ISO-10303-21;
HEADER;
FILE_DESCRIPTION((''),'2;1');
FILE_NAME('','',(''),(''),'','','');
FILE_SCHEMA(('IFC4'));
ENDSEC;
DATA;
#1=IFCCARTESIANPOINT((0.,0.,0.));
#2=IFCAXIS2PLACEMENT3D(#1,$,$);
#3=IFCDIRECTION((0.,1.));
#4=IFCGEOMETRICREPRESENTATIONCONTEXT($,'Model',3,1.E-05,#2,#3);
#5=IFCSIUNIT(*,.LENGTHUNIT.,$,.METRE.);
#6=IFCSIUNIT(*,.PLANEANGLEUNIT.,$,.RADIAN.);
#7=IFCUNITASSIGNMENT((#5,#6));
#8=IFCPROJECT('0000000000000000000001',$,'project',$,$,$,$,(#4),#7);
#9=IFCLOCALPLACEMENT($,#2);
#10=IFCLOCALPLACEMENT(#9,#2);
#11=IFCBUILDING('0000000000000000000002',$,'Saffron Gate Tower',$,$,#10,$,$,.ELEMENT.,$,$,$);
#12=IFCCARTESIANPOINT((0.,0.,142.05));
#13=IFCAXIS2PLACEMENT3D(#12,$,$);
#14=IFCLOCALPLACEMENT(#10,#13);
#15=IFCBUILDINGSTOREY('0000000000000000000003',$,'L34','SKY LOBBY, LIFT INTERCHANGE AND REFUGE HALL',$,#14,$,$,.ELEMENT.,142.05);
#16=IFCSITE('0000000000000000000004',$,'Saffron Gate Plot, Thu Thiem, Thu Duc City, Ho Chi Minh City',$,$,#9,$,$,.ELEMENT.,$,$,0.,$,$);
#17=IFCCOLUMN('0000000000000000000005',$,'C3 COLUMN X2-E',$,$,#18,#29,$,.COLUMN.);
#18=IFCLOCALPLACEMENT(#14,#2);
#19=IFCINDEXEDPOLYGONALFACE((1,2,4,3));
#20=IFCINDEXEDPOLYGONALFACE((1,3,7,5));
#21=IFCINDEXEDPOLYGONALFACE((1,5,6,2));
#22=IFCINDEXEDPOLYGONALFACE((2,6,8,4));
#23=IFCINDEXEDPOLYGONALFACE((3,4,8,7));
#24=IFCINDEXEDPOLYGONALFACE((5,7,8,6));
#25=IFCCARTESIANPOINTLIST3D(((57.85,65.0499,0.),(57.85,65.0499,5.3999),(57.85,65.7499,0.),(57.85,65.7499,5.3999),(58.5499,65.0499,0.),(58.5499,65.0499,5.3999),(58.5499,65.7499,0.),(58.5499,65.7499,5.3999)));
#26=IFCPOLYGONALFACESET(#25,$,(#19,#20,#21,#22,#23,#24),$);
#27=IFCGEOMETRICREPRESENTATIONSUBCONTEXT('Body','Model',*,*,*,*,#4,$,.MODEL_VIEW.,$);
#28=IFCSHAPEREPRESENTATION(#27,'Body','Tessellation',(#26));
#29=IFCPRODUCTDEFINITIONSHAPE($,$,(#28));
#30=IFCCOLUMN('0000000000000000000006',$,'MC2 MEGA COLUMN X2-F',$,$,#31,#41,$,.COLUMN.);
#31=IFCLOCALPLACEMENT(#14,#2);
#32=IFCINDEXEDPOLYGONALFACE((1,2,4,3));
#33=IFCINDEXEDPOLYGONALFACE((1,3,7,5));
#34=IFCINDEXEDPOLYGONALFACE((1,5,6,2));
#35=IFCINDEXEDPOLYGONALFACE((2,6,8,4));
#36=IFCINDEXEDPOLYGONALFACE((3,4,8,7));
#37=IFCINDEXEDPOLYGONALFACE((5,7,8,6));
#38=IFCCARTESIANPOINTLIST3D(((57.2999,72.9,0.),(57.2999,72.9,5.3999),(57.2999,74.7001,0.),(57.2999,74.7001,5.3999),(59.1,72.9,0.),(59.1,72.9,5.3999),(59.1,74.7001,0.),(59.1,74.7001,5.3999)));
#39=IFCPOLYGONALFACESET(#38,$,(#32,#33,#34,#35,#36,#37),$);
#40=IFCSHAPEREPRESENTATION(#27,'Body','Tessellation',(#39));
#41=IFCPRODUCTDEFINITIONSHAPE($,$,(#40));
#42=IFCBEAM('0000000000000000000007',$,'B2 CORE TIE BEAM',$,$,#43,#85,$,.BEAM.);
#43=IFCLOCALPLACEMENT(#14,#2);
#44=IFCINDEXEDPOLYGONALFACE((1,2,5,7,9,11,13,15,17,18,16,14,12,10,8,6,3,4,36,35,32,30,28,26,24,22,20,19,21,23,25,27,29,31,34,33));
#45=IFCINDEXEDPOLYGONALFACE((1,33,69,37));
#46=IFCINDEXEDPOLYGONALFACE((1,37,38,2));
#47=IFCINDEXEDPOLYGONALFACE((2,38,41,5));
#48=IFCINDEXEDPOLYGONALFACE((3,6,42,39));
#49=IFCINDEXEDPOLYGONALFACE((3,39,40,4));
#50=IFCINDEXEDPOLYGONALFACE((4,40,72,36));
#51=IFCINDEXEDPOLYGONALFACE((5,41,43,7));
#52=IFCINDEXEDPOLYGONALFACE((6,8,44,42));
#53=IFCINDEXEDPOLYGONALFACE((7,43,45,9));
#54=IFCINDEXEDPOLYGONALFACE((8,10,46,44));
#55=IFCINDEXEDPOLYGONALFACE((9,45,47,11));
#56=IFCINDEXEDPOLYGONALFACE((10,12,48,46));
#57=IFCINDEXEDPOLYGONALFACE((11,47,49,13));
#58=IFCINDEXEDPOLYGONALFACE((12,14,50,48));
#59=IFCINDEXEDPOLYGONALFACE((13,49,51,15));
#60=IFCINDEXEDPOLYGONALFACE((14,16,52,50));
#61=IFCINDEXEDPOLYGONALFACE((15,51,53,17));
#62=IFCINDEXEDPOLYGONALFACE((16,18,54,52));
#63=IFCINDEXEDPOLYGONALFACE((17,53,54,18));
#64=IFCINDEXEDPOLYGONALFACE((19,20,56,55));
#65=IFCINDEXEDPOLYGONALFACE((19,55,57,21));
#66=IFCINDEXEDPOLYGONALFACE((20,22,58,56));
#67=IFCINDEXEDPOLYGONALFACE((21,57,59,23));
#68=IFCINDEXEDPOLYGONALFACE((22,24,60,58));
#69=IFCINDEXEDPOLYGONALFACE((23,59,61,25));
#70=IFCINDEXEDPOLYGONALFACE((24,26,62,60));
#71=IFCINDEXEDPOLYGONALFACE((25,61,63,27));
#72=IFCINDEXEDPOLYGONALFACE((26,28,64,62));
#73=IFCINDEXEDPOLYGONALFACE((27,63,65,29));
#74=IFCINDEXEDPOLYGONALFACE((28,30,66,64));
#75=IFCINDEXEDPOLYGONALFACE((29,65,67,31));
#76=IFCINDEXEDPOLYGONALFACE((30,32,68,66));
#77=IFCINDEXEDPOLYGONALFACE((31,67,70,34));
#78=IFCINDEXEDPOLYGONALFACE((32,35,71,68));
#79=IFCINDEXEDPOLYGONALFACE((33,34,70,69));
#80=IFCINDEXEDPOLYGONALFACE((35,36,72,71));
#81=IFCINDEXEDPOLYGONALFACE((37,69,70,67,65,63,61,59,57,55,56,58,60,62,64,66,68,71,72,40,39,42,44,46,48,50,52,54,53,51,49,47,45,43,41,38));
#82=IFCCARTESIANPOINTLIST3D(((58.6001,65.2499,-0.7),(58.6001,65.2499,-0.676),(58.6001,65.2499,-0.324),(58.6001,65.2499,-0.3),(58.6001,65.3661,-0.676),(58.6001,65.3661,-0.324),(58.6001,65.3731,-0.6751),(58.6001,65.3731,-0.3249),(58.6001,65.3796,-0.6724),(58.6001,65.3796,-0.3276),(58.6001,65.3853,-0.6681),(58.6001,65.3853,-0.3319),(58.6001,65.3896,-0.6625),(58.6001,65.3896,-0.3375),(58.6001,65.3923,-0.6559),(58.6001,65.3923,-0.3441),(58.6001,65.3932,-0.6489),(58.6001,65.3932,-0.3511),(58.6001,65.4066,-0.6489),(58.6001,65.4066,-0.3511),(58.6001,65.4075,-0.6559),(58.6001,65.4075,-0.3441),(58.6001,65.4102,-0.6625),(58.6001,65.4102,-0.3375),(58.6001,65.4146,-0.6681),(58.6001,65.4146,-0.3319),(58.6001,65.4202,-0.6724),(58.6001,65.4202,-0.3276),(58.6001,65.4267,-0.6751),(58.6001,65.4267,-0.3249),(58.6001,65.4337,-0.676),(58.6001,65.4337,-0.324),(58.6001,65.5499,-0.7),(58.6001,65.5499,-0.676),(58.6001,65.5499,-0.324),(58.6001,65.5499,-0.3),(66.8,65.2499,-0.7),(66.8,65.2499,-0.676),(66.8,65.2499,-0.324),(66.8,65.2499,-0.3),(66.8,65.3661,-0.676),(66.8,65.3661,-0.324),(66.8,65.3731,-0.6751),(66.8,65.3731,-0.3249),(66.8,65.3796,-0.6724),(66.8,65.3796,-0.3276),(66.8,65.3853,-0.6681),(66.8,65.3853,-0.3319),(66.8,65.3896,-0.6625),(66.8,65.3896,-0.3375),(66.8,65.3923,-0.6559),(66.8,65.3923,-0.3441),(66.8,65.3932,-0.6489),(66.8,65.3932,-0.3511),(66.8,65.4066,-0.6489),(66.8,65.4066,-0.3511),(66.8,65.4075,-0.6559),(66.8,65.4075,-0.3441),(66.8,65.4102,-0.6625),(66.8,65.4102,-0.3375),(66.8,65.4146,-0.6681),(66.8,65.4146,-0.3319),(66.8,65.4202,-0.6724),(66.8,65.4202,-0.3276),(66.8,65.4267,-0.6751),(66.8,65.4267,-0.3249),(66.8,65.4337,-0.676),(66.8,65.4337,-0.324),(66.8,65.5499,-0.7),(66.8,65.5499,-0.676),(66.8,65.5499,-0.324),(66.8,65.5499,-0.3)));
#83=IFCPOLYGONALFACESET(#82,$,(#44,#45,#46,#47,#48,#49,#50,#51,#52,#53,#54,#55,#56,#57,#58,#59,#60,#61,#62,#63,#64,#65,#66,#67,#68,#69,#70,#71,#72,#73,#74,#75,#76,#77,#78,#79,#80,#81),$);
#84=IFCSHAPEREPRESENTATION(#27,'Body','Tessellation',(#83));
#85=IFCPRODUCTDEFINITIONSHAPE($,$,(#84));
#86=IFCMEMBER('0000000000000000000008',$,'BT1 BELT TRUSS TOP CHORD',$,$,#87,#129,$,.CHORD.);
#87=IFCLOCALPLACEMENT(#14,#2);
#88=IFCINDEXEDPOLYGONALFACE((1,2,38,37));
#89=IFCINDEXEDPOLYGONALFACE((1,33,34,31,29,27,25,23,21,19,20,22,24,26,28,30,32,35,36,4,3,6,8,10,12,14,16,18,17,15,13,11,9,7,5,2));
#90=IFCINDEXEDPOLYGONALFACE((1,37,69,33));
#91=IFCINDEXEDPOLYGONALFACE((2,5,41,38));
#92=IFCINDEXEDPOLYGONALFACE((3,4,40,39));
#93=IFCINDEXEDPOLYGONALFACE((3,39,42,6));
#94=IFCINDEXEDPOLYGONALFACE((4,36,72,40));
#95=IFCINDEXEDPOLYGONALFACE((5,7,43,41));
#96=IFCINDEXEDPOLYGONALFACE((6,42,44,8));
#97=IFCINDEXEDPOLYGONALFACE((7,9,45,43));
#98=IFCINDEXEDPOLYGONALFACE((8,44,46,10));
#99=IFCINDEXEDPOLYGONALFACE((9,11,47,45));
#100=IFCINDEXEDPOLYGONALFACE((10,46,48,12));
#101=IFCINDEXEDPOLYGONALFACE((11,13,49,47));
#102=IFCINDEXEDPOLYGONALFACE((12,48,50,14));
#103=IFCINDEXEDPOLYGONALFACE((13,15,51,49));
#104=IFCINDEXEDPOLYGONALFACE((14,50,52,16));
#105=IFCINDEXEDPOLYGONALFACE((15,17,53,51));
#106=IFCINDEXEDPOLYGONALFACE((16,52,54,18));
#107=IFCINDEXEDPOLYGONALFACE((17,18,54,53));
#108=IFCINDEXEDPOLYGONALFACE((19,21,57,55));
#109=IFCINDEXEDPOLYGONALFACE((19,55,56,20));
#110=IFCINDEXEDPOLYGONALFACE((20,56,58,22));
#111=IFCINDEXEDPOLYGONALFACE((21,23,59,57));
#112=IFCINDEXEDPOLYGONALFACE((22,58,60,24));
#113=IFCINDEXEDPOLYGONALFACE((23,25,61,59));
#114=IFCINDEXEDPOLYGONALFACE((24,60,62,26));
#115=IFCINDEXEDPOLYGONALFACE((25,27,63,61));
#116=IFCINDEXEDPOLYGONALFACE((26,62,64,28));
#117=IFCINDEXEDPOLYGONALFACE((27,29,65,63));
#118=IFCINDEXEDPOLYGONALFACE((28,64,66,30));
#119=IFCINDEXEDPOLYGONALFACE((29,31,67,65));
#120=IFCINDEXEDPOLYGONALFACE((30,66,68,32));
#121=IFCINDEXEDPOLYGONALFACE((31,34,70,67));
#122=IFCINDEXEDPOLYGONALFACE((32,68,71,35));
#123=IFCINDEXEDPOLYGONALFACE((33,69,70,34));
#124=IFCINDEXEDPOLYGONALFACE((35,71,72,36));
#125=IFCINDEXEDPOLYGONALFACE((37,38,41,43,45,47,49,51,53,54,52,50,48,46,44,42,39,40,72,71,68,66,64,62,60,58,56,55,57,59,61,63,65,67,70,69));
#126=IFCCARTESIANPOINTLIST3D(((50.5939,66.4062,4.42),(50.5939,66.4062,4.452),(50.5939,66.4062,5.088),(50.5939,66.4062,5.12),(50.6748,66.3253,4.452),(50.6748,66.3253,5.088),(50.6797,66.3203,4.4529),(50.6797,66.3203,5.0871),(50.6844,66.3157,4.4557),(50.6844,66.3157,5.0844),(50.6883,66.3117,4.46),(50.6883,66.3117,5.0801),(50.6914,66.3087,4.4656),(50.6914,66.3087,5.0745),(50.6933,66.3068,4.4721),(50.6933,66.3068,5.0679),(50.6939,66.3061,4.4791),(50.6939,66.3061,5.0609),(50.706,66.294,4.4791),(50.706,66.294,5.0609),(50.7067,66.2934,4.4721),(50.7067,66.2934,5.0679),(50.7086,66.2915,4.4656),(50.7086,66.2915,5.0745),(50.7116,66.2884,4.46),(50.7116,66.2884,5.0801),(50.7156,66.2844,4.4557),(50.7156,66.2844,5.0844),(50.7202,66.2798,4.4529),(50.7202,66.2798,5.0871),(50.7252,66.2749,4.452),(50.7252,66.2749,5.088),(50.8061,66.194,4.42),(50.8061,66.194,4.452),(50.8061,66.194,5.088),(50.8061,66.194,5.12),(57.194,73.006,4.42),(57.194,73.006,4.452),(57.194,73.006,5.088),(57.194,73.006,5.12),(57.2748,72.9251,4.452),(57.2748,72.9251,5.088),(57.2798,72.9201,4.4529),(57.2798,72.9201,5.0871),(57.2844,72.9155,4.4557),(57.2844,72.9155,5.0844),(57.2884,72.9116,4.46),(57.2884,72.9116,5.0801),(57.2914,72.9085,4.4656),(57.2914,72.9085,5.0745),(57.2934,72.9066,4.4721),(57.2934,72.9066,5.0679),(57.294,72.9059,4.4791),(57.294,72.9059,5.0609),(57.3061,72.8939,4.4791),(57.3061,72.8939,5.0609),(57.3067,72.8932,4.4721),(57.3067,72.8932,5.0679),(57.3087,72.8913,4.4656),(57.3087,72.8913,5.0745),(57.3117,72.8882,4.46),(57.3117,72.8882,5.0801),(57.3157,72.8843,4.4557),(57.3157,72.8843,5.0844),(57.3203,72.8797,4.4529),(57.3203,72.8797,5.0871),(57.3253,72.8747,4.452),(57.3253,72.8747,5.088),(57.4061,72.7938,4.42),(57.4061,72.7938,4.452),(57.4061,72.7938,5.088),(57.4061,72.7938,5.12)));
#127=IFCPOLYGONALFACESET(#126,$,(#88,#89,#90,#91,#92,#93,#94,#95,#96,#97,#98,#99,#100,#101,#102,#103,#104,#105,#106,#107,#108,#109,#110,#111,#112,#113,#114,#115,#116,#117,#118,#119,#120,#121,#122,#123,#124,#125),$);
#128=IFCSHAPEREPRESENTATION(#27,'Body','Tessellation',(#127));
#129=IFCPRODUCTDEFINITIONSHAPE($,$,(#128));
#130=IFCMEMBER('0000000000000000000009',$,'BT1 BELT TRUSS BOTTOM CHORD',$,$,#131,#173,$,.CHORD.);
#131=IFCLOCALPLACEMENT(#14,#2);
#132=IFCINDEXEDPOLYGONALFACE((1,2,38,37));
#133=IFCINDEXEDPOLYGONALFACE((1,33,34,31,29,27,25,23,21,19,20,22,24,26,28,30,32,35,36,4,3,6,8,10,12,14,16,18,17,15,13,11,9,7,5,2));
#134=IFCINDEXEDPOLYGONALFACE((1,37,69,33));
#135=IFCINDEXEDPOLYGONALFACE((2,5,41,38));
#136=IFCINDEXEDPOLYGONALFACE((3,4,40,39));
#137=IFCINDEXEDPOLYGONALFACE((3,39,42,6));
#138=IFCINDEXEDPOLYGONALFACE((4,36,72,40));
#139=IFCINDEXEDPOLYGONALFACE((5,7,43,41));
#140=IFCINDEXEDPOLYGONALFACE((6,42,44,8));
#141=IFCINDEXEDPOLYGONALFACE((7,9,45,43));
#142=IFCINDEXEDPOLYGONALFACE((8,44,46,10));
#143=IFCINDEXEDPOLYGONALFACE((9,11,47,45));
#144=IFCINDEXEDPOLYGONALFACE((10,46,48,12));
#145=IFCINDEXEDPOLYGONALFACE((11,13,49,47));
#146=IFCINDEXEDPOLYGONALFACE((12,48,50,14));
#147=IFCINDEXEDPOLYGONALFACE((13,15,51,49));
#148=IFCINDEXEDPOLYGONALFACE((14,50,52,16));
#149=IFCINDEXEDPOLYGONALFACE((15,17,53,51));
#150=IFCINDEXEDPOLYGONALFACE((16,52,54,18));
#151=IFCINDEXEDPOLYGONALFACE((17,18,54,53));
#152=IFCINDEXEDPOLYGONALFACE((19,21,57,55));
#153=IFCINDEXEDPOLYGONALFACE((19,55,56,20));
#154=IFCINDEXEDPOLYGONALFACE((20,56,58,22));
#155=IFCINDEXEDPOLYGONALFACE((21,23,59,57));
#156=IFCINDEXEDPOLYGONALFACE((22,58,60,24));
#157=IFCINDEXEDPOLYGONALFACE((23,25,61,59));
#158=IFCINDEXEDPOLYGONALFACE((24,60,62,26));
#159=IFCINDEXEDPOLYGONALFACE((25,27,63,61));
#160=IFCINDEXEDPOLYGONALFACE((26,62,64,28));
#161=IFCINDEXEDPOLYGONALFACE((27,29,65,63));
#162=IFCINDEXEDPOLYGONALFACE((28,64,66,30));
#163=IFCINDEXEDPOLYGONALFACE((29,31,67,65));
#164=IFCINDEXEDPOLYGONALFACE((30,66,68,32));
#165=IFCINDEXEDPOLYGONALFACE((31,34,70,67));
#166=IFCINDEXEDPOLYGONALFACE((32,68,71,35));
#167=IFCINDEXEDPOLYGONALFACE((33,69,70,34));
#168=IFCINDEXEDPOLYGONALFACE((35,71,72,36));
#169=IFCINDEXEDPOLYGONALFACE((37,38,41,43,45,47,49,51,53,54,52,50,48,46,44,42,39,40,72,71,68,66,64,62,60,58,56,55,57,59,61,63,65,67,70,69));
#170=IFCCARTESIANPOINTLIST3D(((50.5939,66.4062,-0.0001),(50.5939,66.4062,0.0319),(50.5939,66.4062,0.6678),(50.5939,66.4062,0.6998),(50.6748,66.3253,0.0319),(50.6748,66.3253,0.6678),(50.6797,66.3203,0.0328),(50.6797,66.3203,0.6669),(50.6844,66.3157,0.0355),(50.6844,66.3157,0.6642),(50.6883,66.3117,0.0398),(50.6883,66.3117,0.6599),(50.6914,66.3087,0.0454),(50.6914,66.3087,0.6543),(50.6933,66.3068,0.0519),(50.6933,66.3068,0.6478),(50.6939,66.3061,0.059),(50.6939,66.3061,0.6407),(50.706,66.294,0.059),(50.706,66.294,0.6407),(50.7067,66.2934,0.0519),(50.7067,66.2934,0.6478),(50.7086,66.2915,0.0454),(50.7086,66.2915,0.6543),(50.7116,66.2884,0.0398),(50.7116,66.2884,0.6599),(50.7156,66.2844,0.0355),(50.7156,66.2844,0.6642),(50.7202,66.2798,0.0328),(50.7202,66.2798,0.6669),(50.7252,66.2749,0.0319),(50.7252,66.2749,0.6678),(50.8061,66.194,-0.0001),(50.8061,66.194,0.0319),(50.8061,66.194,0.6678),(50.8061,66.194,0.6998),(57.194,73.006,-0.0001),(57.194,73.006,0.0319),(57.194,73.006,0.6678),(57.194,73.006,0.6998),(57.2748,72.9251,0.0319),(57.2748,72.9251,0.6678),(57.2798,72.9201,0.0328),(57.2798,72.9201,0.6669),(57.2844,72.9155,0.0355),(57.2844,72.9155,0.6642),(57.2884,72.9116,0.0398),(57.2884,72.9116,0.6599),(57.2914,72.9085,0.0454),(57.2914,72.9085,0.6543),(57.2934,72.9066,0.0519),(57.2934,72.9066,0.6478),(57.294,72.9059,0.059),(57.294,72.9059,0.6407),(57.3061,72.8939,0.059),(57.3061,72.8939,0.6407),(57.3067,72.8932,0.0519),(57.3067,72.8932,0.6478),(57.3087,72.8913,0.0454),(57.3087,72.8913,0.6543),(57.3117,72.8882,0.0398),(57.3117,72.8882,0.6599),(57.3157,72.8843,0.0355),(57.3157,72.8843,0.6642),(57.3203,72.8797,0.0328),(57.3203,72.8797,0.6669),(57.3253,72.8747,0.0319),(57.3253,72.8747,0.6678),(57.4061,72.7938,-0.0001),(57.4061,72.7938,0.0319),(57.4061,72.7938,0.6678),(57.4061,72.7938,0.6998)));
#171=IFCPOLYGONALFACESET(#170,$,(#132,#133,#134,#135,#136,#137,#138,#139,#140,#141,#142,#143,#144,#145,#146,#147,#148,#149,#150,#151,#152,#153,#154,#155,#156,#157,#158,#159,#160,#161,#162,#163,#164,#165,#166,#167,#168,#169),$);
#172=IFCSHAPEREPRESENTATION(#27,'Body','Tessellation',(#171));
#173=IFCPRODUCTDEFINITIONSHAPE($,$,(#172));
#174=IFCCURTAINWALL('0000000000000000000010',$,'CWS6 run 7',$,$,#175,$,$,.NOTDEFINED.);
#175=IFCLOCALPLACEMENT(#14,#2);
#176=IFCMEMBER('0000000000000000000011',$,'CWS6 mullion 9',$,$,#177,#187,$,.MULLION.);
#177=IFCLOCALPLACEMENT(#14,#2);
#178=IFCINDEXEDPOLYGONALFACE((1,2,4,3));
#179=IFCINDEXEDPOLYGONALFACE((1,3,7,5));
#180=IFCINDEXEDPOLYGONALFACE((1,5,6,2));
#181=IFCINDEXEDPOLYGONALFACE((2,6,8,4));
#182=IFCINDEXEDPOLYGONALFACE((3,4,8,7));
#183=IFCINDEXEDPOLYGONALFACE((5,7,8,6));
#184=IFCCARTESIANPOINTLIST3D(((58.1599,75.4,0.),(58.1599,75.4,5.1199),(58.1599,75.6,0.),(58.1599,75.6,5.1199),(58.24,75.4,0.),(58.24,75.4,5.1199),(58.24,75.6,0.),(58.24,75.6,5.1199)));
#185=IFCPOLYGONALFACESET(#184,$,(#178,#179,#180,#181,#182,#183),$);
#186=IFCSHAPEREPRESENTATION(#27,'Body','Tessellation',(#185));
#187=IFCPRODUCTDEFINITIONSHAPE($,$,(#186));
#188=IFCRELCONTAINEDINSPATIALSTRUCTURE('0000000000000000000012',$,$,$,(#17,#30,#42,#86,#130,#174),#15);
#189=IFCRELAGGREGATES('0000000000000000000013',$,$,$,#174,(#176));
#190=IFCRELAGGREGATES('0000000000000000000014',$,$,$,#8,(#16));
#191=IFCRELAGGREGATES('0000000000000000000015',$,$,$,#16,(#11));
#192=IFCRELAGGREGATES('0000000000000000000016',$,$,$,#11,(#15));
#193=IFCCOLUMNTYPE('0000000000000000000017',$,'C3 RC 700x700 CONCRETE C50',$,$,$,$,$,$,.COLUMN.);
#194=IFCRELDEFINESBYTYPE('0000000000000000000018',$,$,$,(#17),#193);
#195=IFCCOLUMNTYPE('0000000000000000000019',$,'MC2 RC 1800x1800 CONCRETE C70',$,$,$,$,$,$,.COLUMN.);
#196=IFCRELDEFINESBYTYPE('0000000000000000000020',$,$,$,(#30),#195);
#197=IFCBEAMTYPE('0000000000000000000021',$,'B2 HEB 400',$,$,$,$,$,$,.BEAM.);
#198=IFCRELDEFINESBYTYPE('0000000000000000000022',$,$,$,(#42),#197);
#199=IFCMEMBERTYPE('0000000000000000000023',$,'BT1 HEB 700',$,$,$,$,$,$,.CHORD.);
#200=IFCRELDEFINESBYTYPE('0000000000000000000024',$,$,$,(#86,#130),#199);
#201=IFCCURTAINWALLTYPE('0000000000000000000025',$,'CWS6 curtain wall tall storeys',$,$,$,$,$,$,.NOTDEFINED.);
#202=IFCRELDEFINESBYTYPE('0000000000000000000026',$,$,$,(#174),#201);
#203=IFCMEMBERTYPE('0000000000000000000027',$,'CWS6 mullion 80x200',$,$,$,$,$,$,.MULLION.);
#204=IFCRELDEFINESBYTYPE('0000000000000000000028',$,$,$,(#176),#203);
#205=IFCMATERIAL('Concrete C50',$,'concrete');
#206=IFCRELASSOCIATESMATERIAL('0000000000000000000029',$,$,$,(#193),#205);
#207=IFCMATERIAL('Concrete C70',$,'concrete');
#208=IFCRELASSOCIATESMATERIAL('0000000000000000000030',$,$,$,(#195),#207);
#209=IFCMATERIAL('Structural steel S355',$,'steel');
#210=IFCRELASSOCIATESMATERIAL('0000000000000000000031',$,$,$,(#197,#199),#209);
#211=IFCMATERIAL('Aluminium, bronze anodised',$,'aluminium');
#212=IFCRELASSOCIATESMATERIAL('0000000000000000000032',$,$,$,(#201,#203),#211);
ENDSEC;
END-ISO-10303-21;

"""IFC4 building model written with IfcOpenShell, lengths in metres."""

from ifc_helpers import new_model, si_unit, direction, frame, origin, origin_2d, place, context, subcontext, project, spatial, rectangle, i_section, extrude, material, material_profile, profile_set, type_object, element, aggregate, save


model = new_model("IFC4")

# Units and contexts
model_context = context("Model", 3, precision=1e-05, world=origin(), true_north=direction((0.0, 1.0)))
body_context = subcontext(model_context, "Body", "Model", "MODEL_VIEW")
ifc_project = project(units=[si_unit("LENGTHUNIT", "METRE"), si_unit("PLANEANGLEUNIT", "RADIAN")], contexts=[model_context])

# Site, building, storey
site_placement = place(None, origin())
site = spatial("IfcSite", under=ifc_project, at=site_placement, Name="Saffron Gate Plot, Thu Thiem, Thu Duc City, Ho Chi Minh City", CompositionType="ELEMENT", RefElevation=0.0)
building_placement = place(site_placement, origin())
building = spatial("IfcBuilding", under=site, at=building_placement, Name="Saffron Gate Tower", CompositionType="ELEMENT")
storey_placement = place(building_placement, frame((0.0, 0.0, 142.05)))
storey = spatial("IfcBuildingStorey", under=building, at=storey_placement, Name="L34", Description="SKY LOBBY, LIFT INTERCHANGE AND REFUGE HALL", CompositionType="ELEMENT", Elevation=142.05)

# Columns
ifc_material_1 = material(Name="Concrete C50", Category="concrete")
ifc_material_profile_1 = material_profile(ifc_material_1, rectangle(XDim=0.7, YDim=0.7, at=origin_2d()))
ifc_profile_set_1 = profile_set([ifc_material_profile_1], Name="Concrete C50")
column_type_1 = type_object("IfcColumnType", Name="C3 RC 700x700 CONCRETE C50", PredefinedType="COLUMN", material=ifc_profile_set_1)
column_1_placement = place(storey_placement, frame((58.2, 65.3999, 0.0), z_axis=(0.0, 0.0, 1.0), x_axis=(1.0, 0.0, 0.0)))
element("IfcColumn", 1, at=column_1_placement, inside=storey, type_object=column_type_1, Name="C3 COLUMN X2-E", PredefinedType="COLUMN", context=body_context, shape_type="SweptSolid", body=[
    extrude(rectangle(XDim=0.7, YDim=0.7, at=origin_2d()), origin(), (0.0, 0.0, 1.0), 5.3999),
])
ifc_material_2 = material(Name="Concrete C70", Category="concrete")
ifc_material_profile_2 = material_profile(ifc_material_2, rectangle(XDim=1.8, YDim=1.8, at=origin_2d()))
ifc_profile_set_2 = profile_set([ifc_material_profile_2], Name="Concrete C70")
column_type_2 = type_object("IfcColumnType", Name="MC2 RC 1800x1800 CONCRETE C70", PredefinedType="COLUMN", material=ifc_profile_set_2)
column_2_placement = place(storey_placement, frame((58.2, 73.8, 0.0), z_axis=(0.0, 0.0, 1.0), x_axis=(1.0, 0.0, 0.0)))
element("IfcColumn", 2, at=column_2_placement, inside=storey, type_object=column_type_2, Name="MC2 MEGA COLUMN X2-F", PredefinedType="COLUMN", context=body_context, shape_type="SweptSolid", body=[
    extrude(rectangle(XDim=1.8, YDim=1.8, at=origin_2d()), origin(), (0.0, 0.0, 1.0), 5.3999),
])

# Beam
ifc_material_3 = material(Name="Structural steel S355", Category="steel")
ifc_material_profile_3 = material_profile(ifc_material_3, i_section(OverallWidth=0.3, OverallDepth=0.3999, WebThickness=0.0134, FlangeThickness=0.0239, FilletRadius=0.0271, at=origin_2d()))
ifc_profile_set_3 = profile_set([ifc_material_profile_3], Name="Structural steel S355")
beam_type = type_object("IfcBeamType", Name="B2 HEB 400", PredefinedType="BEAM", material=ifc_profile_set_3)
beam_placement = place(storey_placement, frame((58.6001, 65.3999, -0.5), z_axis=(1.0, 0.0, 0.0), x_axis=(0.0, 1.0, 0.0)))
element("IfcBeam", 3, at=beam_placement, inside=storey, type_object=beam_type, Name="B2 CORE TIE BEAM", PredefinedType="BEAM", context=body_context, shape_type="SweptSolid", body=[
    extrude(i_section(OverallWidth=0.3, OverallDepth=0.3999, WebThickness=0.0134, FlangeThickness=0.0239, FilletRadius=0.0271, at=origin_2d()), origin(), (0.0, 0.0, 1.0), 8.2),
])

# Members
ifc_material_profile_4 = material_profile(ifc_material_3, i_section(OverallWidth=0.3, OverallDepth=0.7, WebThickness=0.0171, FlangeThickness=0.032, FilletRadius=0.0271, at=origin_2d()))
ifc_profile_set_4 = profile_set([ifc_material_profile_4], Name="Structural steel S355")
member_type_1 = type_object("IfcMemberType", Name="BT1 HEB 700", PredefinedType="CHORD", material=ifc_profile_set_4)
for number, where, z_axis, x_axis, name in (
    (4, (57.3, 72.8999, 4.77), (-0.70712, -0.707094, 0.0), (0.707094, -0.70712, 0.0), "BT1 BELT TRUSS TOP CHORD"),
    (5, (57.3, 72.8999, 0.3499), (-0.70712, -0.707094, 0.0), (0.707094, -0.70712, 0.0), "BT1 BELT TRUSS BOTTOM CHORD"),
):
    element("IfcMember", number, at=place(storey_placement, frame(where, z_axis=z_axis, x_axis=x_axis)), inside=storey, type_object=member_type_1, Name=name, PredefinedType="CHORD", context=body_context, shape_type="SweptSolid", body=[
        extrude(i_section(OverallWidth=0.3, OverallDepth=0.7, WebThickness=0.0171, FlangeThickness=0.032, FilletRadius=0.0271, at=origin_2d()), origin(), (0.0, 0.0, 1.0), 9.3337),
    ])

# Curtain wall, member
ifc_material_4 = material(Name="Aluminium, bronze anodised", Category="aluminium")
curtain_wall_type = type_object("IfcCurtainWallType", Name="CWS6 curtain wall tall storeys", PredefinedType="NOTDEFINED", material=ifc_material_4)
curtain_wall_placement = place(storey_placement, origin())
curtain_wall = element("IfcCurtainWall", 6, at=curtain_wall_placement, inside=storey, type_object=curtain_wall_type, Name="CWS6 run 7", PredefinedType="NOTDEFINED")
ifc_material_profile_5 = material_profile(ifc_material_4, rectangle(XDim=0.2, YDim=0.0801, at=origin_2d()))
ifc_profile_set_5 = profile_set([ifc_material_profile_5], Name="Aluminium, bronze anodised")
member_type_2 = type_object("IfcMemberType", Name="CWS6 mullion 80x200", PredefinedType="MULLION", material=ifc_profile_set_5)
member_placement = place(storey_placement, frame((58.2, 75.5, 0.0), z_axis=(0.0, 0.0, 1.0), x_axis=(0.0, -1.0, 0.0)))
member = element("IfcMember", 7, at=member_placement, type_object=member_type_2, Name="CWS6 mullion 9", PredefinedType="MULLION", context=body_context, shape_type="SweptSolid", body=[
    extrude(rectangle(XDim=0.2, YDim=0.0801, at=origin_2d()), origin(), (0.0, 0.0, 1.0), 5.1199),
])
aggregate(curtain_wall, [member])

save(model, "model.ifc")
